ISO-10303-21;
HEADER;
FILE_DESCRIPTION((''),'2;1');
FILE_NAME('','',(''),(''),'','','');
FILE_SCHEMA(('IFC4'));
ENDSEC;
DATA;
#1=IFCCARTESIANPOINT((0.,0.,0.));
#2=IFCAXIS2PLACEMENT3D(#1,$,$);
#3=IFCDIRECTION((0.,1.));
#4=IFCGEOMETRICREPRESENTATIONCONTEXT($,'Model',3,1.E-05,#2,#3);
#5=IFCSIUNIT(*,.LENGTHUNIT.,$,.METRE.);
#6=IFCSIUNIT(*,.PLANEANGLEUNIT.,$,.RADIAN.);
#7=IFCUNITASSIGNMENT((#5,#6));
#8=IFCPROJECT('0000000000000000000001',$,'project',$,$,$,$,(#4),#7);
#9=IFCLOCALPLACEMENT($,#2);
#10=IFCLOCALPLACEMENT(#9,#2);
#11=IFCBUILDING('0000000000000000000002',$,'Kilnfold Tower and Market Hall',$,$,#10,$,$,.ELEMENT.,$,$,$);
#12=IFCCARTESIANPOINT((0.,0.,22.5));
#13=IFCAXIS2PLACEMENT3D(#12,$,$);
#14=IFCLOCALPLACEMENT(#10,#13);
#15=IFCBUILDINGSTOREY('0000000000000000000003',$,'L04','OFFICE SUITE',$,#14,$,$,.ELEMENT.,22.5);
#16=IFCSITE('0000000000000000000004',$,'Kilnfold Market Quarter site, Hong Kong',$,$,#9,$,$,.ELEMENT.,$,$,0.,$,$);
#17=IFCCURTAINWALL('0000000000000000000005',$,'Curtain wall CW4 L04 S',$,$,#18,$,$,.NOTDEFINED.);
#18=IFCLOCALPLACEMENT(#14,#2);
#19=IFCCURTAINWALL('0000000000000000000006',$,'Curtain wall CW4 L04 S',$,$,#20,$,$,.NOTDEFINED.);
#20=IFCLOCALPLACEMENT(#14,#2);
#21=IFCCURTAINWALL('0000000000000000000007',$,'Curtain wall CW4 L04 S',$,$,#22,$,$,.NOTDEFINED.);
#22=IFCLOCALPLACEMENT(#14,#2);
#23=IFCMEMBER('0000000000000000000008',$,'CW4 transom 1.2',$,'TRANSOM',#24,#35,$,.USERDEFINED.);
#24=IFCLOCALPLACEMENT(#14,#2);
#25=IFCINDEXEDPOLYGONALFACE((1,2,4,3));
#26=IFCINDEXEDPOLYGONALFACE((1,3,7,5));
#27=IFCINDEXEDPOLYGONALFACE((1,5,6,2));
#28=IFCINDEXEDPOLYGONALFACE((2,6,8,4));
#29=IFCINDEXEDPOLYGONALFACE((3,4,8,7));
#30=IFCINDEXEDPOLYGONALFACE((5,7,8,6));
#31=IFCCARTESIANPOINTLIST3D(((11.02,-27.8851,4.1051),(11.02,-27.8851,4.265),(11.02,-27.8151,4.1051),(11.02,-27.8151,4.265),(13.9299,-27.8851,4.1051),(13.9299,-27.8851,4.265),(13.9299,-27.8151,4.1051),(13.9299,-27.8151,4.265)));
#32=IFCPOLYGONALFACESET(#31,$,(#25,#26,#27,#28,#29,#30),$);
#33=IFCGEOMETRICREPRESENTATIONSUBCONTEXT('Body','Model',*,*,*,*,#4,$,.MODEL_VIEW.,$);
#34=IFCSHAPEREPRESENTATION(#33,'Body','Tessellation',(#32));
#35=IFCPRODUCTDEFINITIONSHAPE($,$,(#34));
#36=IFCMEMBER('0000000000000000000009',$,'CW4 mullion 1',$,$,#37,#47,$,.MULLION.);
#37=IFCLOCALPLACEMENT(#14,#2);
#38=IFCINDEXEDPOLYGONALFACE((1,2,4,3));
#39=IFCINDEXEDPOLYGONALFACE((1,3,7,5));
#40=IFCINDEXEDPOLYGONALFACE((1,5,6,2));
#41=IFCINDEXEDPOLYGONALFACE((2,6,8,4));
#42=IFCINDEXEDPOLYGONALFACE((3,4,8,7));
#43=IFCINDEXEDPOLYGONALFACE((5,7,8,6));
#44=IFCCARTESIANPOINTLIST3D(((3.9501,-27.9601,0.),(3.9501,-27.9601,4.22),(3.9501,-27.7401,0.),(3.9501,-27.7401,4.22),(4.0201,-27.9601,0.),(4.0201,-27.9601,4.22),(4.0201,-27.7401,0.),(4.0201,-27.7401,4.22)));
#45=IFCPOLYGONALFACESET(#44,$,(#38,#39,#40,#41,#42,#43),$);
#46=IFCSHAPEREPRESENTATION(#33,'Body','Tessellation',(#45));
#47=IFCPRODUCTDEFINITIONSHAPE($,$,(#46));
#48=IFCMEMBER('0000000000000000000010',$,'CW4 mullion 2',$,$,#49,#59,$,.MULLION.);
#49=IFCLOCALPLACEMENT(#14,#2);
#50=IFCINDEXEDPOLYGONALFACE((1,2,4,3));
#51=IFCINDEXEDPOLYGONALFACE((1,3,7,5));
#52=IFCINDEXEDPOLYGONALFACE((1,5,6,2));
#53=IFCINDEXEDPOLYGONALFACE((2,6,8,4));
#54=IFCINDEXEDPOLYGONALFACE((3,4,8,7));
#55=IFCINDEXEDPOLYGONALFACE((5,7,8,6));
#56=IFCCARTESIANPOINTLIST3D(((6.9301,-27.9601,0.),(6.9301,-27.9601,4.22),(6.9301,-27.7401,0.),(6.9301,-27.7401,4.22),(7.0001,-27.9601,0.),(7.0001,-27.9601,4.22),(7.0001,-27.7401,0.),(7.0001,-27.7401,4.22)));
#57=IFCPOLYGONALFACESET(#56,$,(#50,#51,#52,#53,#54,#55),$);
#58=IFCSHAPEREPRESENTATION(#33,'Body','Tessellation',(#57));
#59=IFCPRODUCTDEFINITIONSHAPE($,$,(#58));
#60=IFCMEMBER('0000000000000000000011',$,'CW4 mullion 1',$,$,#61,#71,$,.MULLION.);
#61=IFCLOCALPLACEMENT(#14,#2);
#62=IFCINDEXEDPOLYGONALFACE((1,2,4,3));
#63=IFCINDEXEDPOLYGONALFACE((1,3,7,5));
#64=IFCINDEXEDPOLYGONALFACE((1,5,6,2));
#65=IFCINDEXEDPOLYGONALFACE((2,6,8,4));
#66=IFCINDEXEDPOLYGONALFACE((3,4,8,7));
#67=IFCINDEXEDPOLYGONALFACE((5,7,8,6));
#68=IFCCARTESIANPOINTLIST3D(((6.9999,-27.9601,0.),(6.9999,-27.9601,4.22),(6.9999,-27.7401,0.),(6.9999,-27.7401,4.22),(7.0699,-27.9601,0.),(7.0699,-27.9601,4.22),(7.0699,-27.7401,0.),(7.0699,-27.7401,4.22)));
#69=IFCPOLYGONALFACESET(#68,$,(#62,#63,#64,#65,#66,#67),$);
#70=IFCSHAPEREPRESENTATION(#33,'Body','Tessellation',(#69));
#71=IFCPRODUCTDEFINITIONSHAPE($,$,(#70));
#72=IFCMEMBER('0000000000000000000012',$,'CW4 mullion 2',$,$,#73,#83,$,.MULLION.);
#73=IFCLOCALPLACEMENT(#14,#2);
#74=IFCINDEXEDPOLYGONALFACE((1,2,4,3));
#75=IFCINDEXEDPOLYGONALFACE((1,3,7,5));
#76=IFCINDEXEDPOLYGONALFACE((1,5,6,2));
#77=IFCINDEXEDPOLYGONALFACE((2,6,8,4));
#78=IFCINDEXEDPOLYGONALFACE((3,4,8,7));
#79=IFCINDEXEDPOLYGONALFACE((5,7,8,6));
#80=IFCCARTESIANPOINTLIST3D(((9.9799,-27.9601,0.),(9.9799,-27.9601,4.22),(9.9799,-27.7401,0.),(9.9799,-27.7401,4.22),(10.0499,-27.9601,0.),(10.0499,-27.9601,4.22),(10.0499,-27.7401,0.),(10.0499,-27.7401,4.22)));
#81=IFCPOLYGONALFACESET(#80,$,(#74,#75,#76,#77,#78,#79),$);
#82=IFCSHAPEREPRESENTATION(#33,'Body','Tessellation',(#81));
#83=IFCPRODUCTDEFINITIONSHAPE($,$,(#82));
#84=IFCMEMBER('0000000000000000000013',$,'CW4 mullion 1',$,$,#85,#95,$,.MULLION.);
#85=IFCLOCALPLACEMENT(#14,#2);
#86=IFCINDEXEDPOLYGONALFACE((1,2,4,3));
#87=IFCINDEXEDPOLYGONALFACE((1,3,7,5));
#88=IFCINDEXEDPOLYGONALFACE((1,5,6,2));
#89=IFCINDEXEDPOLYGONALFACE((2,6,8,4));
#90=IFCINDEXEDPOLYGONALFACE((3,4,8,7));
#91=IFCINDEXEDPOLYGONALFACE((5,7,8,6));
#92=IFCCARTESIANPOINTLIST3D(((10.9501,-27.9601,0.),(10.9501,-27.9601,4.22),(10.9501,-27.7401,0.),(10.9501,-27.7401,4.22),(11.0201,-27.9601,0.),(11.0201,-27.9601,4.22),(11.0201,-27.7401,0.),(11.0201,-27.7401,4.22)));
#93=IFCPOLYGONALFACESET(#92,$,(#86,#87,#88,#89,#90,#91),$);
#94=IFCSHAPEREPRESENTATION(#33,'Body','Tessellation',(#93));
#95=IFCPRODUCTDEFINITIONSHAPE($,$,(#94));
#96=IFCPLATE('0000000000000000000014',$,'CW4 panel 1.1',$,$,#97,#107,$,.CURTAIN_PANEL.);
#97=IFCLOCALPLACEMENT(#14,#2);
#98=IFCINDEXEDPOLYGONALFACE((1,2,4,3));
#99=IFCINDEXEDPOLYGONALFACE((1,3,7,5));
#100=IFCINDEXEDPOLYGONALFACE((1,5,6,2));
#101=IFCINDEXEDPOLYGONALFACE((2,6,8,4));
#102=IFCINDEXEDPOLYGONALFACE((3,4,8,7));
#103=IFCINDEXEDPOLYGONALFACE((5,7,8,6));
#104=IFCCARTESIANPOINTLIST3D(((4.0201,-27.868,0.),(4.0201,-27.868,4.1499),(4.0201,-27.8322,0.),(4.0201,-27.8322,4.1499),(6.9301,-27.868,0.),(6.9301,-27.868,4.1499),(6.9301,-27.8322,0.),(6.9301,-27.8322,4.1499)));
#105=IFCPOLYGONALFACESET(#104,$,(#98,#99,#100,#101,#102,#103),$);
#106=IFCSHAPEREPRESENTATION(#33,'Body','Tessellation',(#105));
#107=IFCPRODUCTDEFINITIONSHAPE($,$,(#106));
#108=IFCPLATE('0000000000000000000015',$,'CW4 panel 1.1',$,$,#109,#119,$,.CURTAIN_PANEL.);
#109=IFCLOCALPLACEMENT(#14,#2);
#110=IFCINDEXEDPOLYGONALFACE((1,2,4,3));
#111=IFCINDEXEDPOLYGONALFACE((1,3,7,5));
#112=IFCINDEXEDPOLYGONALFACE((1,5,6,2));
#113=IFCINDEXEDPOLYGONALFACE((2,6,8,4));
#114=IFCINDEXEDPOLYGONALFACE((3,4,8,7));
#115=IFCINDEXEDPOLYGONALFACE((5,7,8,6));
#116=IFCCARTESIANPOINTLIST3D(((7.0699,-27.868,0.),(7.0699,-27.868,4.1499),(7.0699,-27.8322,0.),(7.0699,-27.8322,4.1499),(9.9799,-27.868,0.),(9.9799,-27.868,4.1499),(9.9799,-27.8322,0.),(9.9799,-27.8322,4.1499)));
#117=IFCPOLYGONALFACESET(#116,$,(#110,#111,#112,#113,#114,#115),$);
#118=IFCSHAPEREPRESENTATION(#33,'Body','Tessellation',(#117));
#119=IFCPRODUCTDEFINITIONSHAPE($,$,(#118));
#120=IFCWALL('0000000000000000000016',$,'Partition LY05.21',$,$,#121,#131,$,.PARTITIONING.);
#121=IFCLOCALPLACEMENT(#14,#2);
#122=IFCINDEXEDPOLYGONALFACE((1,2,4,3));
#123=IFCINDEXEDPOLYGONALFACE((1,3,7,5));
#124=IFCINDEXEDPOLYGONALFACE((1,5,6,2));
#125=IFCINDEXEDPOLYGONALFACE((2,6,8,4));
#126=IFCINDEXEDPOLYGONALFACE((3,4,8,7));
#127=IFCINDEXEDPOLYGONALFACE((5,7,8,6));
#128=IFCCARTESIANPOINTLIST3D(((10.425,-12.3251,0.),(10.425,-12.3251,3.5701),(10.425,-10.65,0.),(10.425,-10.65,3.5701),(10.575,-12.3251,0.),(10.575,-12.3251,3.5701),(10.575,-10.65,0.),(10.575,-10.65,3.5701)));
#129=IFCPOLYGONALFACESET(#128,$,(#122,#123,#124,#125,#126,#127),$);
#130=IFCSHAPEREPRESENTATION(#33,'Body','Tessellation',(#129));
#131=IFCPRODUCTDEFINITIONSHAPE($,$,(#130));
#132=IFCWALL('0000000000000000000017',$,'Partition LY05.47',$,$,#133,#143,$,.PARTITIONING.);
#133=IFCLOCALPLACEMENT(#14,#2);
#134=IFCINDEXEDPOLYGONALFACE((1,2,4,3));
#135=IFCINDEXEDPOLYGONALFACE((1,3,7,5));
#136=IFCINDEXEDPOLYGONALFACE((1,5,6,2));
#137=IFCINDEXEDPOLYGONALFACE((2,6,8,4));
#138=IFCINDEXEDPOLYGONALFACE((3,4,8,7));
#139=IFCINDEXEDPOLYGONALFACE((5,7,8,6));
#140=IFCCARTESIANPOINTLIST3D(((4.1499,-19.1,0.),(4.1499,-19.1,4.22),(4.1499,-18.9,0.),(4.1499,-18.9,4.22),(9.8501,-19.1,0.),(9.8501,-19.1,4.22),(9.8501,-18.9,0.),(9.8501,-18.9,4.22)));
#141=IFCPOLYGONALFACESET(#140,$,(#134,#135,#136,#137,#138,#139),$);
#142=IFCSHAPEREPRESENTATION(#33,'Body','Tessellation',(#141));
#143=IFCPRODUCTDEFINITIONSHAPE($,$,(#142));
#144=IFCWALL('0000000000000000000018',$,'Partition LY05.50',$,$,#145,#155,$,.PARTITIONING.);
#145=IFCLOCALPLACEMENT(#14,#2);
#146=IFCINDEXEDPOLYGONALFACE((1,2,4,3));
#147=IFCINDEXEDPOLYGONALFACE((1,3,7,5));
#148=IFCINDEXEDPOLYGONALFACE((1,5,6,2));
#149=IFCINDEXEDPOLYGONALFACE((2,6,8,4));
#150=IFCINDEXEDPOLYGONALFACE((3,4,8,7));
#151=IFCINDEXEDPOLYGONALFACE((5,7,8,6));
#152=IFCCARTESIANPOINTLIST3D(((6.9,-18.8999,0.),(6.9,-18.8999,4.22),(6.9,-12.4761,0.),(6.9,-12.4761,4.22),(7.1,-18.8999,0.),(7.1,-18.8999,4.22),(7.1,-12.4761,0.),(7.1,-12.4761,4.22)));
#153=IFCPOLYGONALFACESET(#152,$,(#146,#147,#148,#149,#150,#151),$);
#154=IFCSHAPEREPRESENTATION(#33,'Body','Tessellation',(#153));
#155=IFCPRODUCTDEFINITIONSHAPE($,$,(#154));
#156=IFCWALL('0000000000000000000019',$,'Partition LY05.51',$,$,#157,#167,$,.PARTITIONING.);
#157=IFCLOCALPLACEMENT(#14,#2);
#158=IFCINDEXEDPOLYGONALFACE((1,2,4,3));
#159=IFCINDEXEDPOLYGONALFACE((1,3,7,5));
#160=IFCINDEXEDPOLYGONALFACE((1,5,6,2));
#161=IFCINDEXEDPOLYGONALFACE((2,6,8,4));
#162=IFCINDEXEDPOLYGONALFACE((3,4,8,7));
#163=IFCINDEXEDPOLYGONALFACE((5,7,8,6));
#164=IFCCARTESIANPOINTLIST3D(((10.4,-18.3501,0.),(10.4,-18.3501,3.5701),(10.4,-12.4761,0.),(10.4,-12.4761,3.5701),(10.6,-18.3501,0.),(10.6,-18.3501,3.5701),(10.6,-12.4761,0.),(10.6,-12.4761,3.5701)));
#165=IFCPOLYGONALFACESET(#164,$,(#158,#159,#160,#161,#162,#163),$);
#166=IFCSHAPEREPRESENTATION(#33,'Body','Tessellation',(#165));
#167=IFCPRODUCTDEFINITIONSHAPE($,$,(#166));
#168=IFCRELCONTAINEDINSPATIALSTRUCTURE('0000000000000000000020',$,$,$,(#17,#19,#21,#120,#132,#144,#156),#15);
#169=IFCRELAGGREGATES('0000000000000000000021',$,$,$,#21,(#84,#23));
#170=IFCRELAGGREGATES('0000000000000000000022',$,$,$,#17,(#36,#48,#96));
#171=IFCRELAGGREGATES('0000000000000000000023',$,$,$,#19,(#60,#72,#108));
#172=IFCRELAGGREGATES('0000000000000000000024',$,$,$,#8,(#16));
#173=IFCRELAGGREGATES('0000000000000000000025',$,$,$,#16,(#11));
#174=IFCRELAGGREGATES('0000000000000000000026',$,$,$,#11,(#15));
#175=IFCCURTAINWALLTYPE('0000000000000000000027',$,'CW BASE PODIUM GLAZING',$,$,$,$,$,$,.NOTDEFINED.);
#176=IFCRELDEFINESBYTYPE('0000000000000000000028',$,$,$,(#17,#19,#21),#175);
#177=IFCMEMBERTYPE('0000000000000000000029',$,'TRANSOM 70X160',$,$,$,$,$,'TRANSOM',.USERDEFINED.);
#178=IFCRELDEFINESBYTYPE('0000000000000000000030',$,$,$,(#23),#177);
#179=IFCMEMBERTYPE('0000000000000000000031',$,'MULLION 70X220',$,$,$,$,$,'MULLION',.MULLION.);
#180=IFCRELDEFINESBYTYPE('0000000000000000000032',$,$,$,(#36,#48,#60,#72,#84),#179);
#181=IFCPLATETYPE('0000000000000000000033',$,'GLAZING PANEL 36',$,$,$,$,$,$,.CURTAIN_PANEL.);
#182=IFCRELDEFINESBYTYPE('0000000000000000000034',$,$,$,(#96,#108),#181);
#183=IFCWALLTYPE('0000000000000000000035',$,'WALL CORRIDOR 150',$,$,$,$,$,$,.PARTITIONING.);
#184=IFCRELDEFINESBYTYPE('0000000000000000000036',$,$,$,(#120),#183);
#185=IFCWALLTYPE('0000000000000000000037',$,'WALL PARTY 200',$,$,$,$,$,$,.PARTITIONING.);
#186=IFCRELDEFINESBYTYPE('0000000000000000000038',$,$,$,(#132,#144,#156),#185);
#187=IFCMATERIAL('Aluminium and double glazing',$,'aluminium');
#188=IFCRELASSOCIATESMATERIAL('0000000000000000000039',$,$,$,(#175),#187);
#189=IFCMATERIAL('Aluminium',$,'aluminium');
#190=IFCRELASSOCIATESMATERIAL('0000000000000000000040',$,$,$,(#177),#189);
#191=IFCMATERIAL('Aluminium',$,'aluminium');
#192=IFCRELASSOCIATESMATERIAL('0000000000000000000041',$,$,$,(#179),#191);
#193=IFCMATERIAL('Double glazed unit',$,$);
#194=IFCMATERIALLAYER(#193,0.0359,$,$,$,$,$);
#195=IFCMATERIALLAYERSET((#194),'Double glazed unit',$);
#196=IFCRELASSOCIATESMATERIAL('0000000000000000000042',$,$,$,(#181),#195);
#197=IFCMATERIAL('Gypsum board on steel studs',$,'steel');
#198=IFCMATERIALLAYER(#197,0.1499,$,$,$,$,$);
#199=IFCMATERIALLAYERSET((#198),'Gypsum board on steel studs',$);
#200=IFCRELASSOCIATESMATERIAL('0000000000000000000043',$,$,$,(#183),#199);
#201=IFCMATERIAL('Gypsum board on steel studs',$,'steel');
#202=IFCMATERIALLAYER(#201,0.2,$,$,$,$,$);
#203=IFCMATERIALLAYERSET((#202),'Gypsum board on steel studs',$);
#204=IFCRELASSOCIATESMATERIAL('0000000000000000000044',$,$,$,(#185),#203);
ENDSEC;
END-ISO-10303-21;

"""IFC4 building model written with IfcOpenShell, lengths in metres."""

from ifc_helpers import new_model, si_unit, direction, frame, frame_2d, origin, origin_2d, place, context, subcontext, project, spatial, rectangle, extrude, source, transform, mapped, material, layer, layer_set, material_profile, profile_set, type_object, element, aggregate, save


model = new_model("IFC4")

# Units and contexts
model_context = context("Model", 3, precision=1e-05, world=origin(), true_north=direction((0.0, 1.0)))
body_context = subcontext(model_context, "Body", "Model", "MODEL_VIEW")
ifc_project = project(units=[si_unit("LENGTHUNIT", "METRE"), si_unit("PLANEANGLEUNIT", "RADIAN")], contexts=[model_context])

# Site, building, storey
site_placement = place(None, origin())
site = spatial("IfcSite", under=ifc_project, at=site_placement, Name="Kilnfold Market Quarter site, Hong Kong", CompositionType="ELEMENT", RefElevation=0.0)
building_placement = place(site_placement, origin())
building = spatial("IfcBuilding", under=site, at=building_placement, Name="Kilnfold Tower and Market Hall", CompositionType="ELEMENT")
storey_placement = place(building_placement, frame((0.0, 0.0, 22.5)))
storey = spatial("IfcBuildingStorey", under=building, at=storey_placement, Name="L04", Description="OFFICE SUITE", CompositionType="ELEMENT", Elevation=22.5)

# Curtain walls, member
ifc_material_1 = material(Name="Aluminium and double glazing", Category="aluminium")
curtain_wall_type = type_object("IfcCurtainWallType", Name="CW BASE PODIUM GLAZING", PredefinedType="NOTDEFINED", material=ifc_material_1)
curtain_wall_1_placement = place(storey_placement, origin())
curtain_wall_1 = element("IfcCurtainWall", 1, at=curtain_wall_1_placement, inside=storey, type_object=curtain_wall_type, Name="Curtain wall CW4 L04 S", PredefinedType="NOTDEFINED")
ifc_material_2 = material(Name="Aluminium", Category="aluminium")
ifc_material_profile_1 = material_profile(ifc_material_2, rectangle(XDim=0.0701, YDim=0.1599, at=origin_2d()), Name="TRANSOM 70x160")
ifc_profile_set_1 = profile_set([ifc_material_profile_1], Name="Aluminium")
member_type_1 = type_object("IfcMemberType", Name="TRANSOM 70X160", ElementType="TRANSOM", PredefinedType="USERDEFINED", material=ifc_profile_set_1)
shared_shape_1 = source(origin(), body_context, "Body", "SweptSolid", [
    extrude(rectangle(XDim=0.0701, YDim=0.1599, at=origin_2d()), origin(), (0.0, 0.0, 1.0), 2.9099),
])
curtain_wall_2_placement = place(storey_placement, origin())
curtain_wall_2 = element("IfcCurtainWall", 2, at=curtain_wall_2_placement, inside=storey, type_object=curtain_wall_type, Name="Curtain wall CW4 L04 S", PredefinedType="NOTDEFINED")
curtain_wall_3_placement = place(storey_placement, origin())
curtain_wall_3 = element("IfcCurtainWall", 3, at=curtain_wall_3_placement, inside=storey, type_object=curtain_wall_type, Name="Curtain wall CW4 L04 S", PredefinedType="NOTDEFINED")
member_1_placement = place(storey_placement, frame((11.02, -27.8501, 4.1851), z_axis=(1.0, 0.0, 0.0), x_axis=(0.0, 1.0, 0.0)))
member_1 = element("IfcMember", 4, at=member_1_placement, type_object=member_type_1, Name="CW4 transom 1.2", ObjectType="TRANSOM", PredefinedType="USERDEFINED", context=body_context, shape_type="MappedRepresentation", body=[
    mapped(shared_shape_1, transform((0.0, 0.0, 0.0))),
])

# Members
ifc_material_3 = material(Name="Aluminium", Category="aluminium")
ifc_material_profile_2 = material_profile(ifc_material_3, rectangle(XDim=0.0701, YDim=0.22, at=origin_2d()), Name="MULLION 70x220")
ifc_profile_set_2 = profile_set([ifc_material_profile_2], Name="Aluminium")
member_type_2 = type_object("IfcMemberType", Name="MULLION 70X220", ElementType="MULLION", PredefinedType="MULLION", material=ifc_profile_set_2)
shared_shape_2 = source(origin(), body_context, "Body", "SweptSolid", [
    extrude(rectangle(XDim=0.0701, YDim=0.22, at=origin_2d()), origin(), (0.0, 0.0, 1.0), 4.22),
])
member_2_placement = place(storey_placement, frame((3.9851, -27.8501, 0.0), z_axis=(0.0, 0.0, 1.0), x_axis=(1.0, 0.0, 0.0)))
member_2 = element("IfcMember", 5, at=member_2_placement, type_object=member_type_2, Name="CW4 mullion 1", PredefinedType="MULLION", context=body_context, shape_type="MappedRepresentation", body=[
    mapped(shared_shape_2, transform((0.0, 0.0, 0.0))),
])
member_3_placement = place(storey_placement, frame((6.9651, -27.8501, 0.0), z_axis=(0.0, 0.0, 1.0), x_axis=(1.0, 0.0, 0.0)))
member_3 = element("IfcMember", 6, at=member_3_placement, type_object=member_type_2, Name="CW4 mullion 2", PredefinedType="MULLION", context=body_context, shape_type="MappedRepresentation", body=[
    mapped(shared_shape_2, transform((0.0, 0.0, 0.0))),
])
member_4_placement = place(storey_placement, frame((7.0349, -27.8501, 0.0), z_axis=(0.0, 0.0, 1.0), x_axis=(1.0, 0.0, 0.0)))
member_4 = element("IfcMember", 7, at=member_4_placement, type_object=member_type_2, Name="CW4 mullion 1", PredefinedType="MULLION", context=body_context, shape_type="MappedRepresentation", body=[
    mapped(shared_shape_2, transform((0.0, 0.0, 0.0))),
])
member_5_placement = place(storey_placement, frame((10.0149, -27.8501, 0.0), z_axis=(0.0, 0.0, 1.0), x_axis=(1.0, 0.0, 0.0)))
member_5 = element("IfcMember", 8, at=member_5_placement, type_object=member_type_2, Name="CW4 mullion 2", PredefinedType="MULLION", context=body_context, shape_type="MappedRepresentation", body=[
    mapped(shared_shape_2, transform((0.0, 0.0, 0.0))),
])
member_6_placement = place(storey_placement, frame((10.9851, -27.8501, 0.0), z_axis=(0.0, 0.0, 1.0), x_axis=(1.0, 0.0, 0.0)))
member_6 = element("IfcMember", 9, at=member_6_placement, type_object=member_type_2, Name="CW4 mullion 1", PredefinedType="MULLION", context=body_context, shape_type="MappedRepresentation", body=[
    mapped(shared_shape_2, transform((0.0, 0.0, 0.0))),
])
aggregate(curtain_wall_3, [member_6, member_1])

# Plates
ifc_material_4 = material(Name="Double glazed unit")
ifc_layer_1 = layer(ifc_material_4, 0.0359)
ifc_layer_set_1 = layer_set([ifc_layer_1], Name="Double glazed unit")
plate_type = type_object("IfcPlateType", Name="GLAZING PANEL 36", PredefinedType="CURTAIN_PANEL", material=ifc_layer_set_1)
shared_shape_3 = source(origin(), body_context, "Body", "SweptSolid", [
    extrude(rectangle(XDim=2.9099, YDim=0.0359, at=origin_2d()), origin(), (0.0, 0.0, 1.0), 4.1499),
])
plate_1_placement = place(storey_placement, frame((5.4751, -27.8501, 0.0), z_axis=(0.0, 0.0, 1.0), x_axis=(1.0, 0.0, 0.0)))
plate_1 = element("IfcPlate", 10, at=plate_1_placement, type_object=plate_type, Name="CW4 panel 1.1", PredefinedType="CURTAIN_PANEL", context=body_context, shape_type="MappedRepresentation", body=[
    mapped(shared_shape_3, transform((0.0, 0.0, 0.0))),
])
aggregate(curtain_wall_1, [member_2, member_3, plate_1])
plate_2_placement = place(storey_placement, frame((8.5249, -27.8501, 0.0), z_axis=(0.0, 0.0, 1.0), x_axis=(1.0, 0.0, 0.0)))
plate_2 = element("IfcPlate", 11, at=plate_2_placement, type_object=plate_type, Name="CW4 panel 1.1", PredefinedType="CURTAIN_PANEL", context=body_context, shape_type="MappedRepresentation", body=[
    mapped(shared_shape_3, transform((0.0, 0.0, 0.0))),
])
aggregate(curtain_wall_2, [member_4, member_5, plate_2])

# Walls
ifc_material_5 = material(Name="Gypsum board on steel studs", Category="steel")
ifc_layer_2 = layer(ifc_material_5, 0.1499)
ifc_layer_set_2 = layer_set([ifc_layer_2], Name="Gypsum board on steel studs")
wall_type_1 = type_object("IfcWallType", Name="WALL CORRIDOR 150", PredefinedType="PARTITIONING", material=ifc_layer_set_2)
wall_1_placement = place(storey_placement, frame((10.5, -12.325, 0.0), z_axis=(0.0, 0.0, 1.0), x_axis=(0.0, 1.0, 0.0)))
element("IfcWall", 12, at=wall_1_placement, inside=storey, type_object=wall_type_1, Name="Partition LY05.21", PredefinedType="PARTITIONING", context=body_context, shape_type="SweptSolid", body=[
    extrude(rectangle(XDim=1.675, YDim=0.1499, at=frame_2d((0.8374, 0.0))), origin(), (0.0, 0.0, 1.0), 3.5701),
])
ifc_material_6 = material(Name="Gypsum board on steel studs", Category="steel")
ifc_layer_3 = layer(ifc_material_6, 0.2)
ifc_layer_set_3 = layer_set([ifc_layer_3], Name="Gypsum board on steel studs")
wall_type_2 = type_object("IfcWallType", Name="WALL PARTY 200", PredefinedType="PARTITIONING", material=ifc_layer_set_3)
wall_2_placement = place(storey_placement, frame((4.1499, -19.0, 0.0), z_axis=(0.0, 0.0, 1.0), x_axis=(1.0, 0.0, 0.0)))
element("IfcWall", 13, at=wall_2_placement, inside=storey, type_object=wall_type_2, Name="Partition LY05.47", PredefinedType="PARTITIONING", context=body_context, shape_type="SweptSolid", body=[
    extrude(rectangle(XDim=5.7002, YDim=0.2, at=frame_2d((2.8501, 0.0))), origin(), (0.0, 0.0, 1.0), 4.22),
])
wall_3_placement = place(storey_placement, frame((7.0, -18.8999, 0.0), z_axis=(0.0, 0.0, 1.0), x_axis=(0.0, 1.0, 0.0)))
element("IfcWall", 14, at=wall_3_placement, inside=storey, type_object=wall_type_2, Name="Partition LY05.50", PredefinedType="PARTITIONING", context=body_context, shape_type="SweptSolid", body=[
    extrude(rectangle(XDim=6.4238, YDim=0.2, at=frame_2d((3.2119, 0.0))), origin(), (0.0, 0.0, 1.0), 4.22),
])
wall_4_placement = place(storey_placement, frame((10.5, -18.3501, 0.0), z_axis=(0.0, 0.0, 1.0), x_axis=(0.0, 1.0, 0.0)))
element("IfcWall", 15, at=wall_4_placement, inside=storey, type_object=wall_type_2, Name="Partition LY05.51", PredefinedType="PARTITIONING", context=body_context, shape_type="SweptSolid", body=[
    extrude(rectangle(XDim=5.874, YDim=0.2, at=frame_2d((2.937, 0.0))), origin(), (0.0, 0.0, 1.0), 3.5701),
])

save(model, "model.ifc")
